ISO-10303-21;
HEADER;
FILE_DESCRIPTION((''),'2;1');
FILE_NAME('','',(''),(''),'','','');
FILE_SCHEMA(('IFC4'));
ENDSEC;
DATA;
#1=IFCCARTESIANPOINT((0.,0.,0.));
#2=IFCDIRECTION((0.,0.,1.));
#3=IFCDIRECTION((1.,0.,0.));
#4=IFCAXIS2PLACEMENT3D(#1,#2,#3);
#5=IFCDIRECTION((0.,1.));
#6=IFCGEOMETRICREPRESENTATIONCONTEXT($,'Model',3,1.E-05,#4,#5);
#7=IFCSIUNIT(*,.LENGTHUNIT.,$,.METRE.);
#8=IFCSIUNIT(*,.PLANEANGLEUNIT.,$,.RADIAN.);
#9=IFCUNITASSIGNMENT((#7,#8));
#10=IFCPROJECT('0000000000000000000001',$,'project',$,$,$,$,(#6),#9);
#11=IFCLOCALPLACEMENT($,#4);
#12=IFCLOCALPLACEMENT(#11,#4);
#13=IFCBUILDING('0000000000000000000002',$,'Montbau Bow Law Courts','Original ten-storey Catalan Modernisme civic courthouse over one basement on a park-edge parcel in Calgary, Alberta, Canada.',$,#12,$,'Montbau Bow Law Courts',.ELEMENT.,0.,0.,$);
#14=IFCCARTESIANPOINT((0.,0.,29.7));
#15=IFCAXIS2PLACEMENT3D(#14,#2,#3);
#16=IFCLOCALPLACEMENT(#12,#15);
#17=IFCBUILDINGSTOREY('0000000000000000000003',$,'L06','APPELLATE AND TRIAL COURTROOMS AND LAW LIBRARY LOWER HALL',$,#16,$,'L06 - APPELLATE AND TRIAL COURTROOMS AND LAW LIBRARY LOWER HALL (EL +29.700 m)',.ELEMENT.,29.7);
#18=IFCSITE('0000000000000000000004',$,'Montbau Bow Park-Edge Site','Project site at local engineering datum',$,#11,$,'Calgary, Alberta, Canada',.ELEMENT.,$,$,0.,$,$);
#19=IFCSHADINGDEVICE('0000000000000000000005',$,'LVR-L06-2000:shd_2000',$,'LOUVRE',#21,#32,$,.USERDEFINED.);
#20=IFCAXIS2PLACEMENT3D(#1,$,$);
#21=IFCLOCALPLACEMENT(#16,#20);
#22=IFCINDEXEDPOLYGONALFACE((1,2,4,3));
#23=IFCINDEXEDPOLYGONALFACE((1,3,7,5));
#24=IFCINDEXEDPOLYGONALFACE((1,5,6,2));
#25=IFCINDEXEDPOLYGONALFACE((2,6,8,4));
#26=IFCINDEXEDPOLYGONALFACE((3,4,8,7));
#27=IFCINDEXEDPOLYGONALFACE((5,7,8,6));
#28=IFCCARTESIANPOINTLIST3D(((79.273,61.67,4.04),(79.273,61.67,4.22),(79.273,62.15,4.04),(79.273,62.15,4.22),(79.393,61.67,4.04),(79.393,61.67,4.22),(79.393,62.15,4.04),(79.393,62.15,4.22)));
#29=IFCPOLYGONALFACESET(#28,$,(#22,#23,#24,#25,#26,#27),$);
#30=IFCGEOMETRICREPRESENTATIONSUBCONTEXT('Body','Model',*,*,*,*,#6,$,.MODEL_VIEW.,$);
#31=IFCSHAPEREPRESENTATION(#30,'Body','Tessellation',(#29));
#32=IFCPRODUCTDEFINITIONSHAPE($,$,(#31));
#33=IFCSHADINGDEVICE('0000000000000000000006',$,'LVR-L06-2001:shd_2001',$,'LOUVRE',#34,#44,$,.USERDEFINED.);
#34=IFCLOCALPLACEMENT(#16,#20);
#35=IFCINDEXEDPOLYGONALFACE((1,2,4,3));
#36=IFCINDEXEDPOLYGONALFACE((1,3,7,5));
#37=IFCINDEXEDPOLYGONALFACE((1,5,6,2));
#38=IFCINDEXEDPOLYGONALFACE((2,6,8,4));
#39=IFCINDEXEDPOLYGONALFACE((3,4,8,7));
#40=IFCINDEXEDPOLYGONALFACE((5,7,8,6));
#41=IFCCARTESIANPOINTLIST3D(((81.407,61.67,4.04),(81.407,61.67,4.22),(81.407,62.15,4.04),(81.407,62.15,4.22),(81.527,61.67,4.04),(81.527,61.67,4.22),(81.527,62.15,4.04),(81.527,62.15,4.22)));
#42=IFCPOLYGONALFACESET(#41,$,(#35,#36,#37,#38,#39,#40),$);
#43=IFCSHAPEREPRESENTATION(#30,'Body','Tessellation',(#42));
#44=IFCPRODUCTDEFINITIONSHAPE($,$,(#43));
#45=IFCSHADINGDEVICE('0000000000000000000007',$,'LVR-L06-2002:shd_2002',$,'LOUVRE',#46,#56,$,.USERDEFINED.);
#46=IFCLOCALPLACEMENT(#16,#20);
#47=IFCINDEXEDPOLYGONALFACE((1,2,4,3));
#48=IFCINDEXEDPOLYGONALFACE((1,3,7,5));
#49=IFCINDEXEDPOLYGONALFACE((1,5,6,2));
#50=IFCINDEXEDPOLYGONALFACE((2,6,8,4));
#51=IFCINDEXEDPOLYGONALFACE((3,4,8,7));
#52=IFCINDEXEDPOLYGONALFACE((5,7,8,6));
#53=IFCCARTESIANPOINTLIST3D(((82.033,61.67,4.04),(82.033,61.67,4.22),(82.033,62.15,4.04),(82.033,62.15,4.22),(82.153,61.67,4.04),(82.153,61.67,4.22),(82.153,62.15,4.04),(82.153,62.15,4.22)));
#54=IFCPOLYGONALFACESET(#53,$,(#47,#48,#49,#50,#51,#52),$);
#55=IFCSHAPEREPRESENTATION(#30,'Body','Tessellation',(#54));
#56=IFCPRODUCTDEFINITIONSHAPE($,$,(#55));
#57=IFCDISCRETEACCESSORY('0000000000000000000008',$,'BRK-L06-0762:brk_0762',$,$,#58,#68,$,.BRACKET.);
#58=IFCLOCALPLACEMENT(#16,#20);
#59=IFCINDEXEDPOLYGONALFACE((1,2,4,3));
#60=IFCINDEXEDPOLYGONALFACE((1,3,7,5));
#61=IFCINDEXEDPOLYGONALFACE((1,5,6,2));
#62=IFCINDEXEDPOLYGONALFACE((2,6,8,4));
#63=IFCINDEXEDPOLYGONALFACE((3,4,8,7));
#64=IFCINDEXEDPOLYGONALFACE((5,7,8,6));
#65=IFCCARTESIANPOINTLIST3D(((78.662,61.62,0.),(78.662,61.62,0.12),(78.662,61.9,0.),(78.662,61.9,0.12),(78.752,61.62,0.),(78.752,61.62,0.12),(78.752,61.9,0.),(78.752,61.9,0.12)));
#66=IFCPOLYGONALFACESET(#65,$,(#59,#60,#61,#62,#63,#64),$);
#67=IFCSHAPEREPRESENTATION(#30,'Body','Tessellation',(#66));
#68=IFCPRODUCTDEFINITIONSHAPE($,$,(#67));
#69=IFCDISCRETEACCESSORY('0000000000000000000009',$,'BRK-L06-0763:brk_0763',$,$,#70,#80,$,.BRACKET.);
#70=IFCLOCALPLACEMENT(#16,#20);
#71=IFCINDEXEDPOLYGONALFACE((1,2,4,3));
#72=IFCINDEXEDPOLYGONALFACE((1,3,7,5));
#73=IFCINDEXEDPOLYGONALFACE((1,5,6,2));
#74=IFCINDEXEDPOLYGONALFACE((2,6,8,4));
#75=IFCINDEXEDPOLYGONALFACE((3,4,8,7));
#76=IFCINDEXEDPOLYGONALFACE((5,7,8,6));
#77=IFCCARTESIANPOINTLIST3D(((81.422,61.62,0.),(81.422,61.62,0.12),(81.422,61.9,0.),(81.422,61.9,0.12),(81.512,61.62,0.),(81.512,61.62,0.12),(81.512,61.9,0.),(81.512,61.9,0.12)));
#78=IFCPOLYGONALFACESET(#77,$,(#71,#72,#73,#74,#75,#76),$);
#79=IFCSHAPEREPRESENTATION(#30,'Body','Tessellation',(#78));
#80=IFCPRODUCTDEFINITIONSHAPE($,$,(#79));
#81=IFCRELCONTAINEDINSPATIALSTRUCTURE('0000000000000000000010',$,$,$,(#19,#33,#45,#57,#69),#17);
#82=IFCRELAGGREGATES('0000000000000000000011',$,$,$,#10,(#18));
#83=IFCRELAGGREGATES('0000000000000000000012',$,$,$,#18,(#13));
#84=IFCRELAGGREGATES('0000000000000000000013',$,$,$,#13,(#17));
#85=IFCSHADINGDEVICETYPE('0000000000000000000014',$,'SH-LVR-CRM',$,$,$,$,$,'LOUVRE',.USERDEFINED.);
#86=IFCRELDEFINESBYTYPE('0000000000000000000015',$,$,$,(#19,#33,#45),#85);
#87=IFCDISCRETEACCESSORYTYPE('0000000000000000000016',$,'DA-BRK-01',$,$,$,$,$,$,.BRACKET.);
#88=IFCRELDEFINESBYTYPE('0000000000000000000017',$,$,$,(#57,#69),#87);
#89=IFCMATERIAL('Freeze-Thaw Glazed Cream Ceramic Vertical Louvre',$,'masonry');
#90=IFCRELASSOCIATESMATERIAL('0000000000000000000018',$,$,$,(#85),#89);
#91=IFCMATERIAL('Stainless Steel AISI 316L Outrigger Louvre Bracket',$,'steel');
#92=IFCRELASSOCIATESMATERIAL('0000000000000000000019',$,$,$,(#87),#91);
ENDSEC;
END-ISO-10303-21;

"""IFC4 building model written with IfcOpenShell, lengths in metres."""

from ifc_helpers import new_model, si_unit, direction, frame, origin_with_axes, origin_2d_with_axis, place, context, subcontext, project, spatial, rectangle, extrude, material, type_object, element, save


model = new_model("IFC4")

# Units and contexts
model_context = context("Model", 3, precision=1e-05, world=origin_with_axes(), true_north=direction((0.0, 1.0)))
body_context = subcontext(model_context, "Body", "Model", "MODEL_VIEW")
ifc_project = project(units=[si_unit("LENGTHUNIT", "METRE"), si_unit("PLANEANGLEUNIT", "RADIAN")], contexts=[model_context])

# Site, building, storey
site_placement = place(None, origin_with_axes())
site = spatial("IfcSite", under=ifc_project, at=site_placement, Name="Montbau Bow Park-Edge Site", Description="Project site at local engineering datum", LongName="Calgary, Alberta, Canada", CompositionType="ELEMENT", RefElevation=0.0)
building_placement = place(site_placement, origin_with_axes())
building = spatial("IfcBuilding", under=site, at=building_placement, Name="Montbau Bow Law Courts", Description="Original ten-storey Catalan Modernisme civic courthouse over one basement on a park-edge parcel in Calgary, Alberta, Canada.", LongName="Montbau Bow Law Courts", CompositionType="ELEMENT", ElevationOfRefHeight=0.0, ElevationOfTerrain=0.0)
storey_placement = place(building_placement, frame((0.0, 0.0, 29.7), z_axis=(0.0, 0.0, 1.0), x_axis=(1.0, 0.0, 0.0)))
storey = spatial("IfcBuildingStorey", under=building, at=storey_placement, Name="L06", Description="APPELLATE AND TRIAL COURTROOMS AND LAW LIBRARY LOWER HALL", LongName="L06 - APPELLATE AND TRIAL COURTROOMS AND LAW LIBRARY LOWER HALL (EL +29.700 m)", CompositionType="ELEMENT", Elevation=29.7)

# Shading devices
ifc_material_1 = material(Name="Freeze-Thaw Glazed Cream Ceramic Vertical Louvre", Category="masonry")
shading_device_type = type_object("IfcShadingDeviceType", Name="SH-LVR-CRM", ElementType="LOUVRE", PredefinedType="USERDEFINED", material=ifc_material_1)
for number, where, z_axis, x_axis, name in (
    (1, (79.333, 61.91, 33.74), (0.0, 0.0, 1.0), (0.0, 1.0, 0.0), "LVR-L06-2000:shd_2000"),
    (2, (81.467, 61.91, 33.74), (0.0, 0.0, 1.0), (0.0, 1.0, 0.0), "LVR-L06-2001:shd_2001"),
    (3, (82.093, 61.91, 33.74), (0.0, 0.0, 1.0), (0.0, 1.0, 0.0), "LVR-L06-2002:shd_2002"),
):
    element("IfcShadingDevice", number, at=place(None, frame(where, z_axis=z_axis, x_axis=x_axis)), inside=storey, type_object=shading_device_type, Name=name, ObjectType="LOUVRE", PredefinedType="USERDEFINED", context=body_context, shape_type="SweptSolid", body=[
        extrude(rectangle(XDim=0.48, YDim=0.12, at=origin_2d_with_axis()), origin_with_axes(), (0.0, 0.0, 1.0), 0.18),
    ])

# Discrete accessories
ifc_material_2 = material(Name="Stainless Steel AISI 316L Outrigger Louvre Bracket", Category="steel")
discrete_accessory_type = type_object("IfcDiscreteAccessoryType", Name="DA-BRK-01", PredefinedType="BRACKET", material=ifc_material_2)
for number, where, z_axis, x_axis, name in (
    (4, (78.707, 61.76, 29.7), (0.0, 0.0, 1.0), (0.0, 1.0, 0.0), "BRK-L06-0762:brk_0762"),
    (5, (81.467, 61.76, 29.7), (0.0, 0.0, 1.0), (0.0, 1.0, 0.0), "BRK-L06-0763:brk_0763"),
):
    element("IfcDiscreteAccessory", number, at=place(None, frame(where, z_axis=z_axis, x_axis=x_axis)), inside=storey, type_object=discrete_accessory_type, Name=name, PredefinedType="BRACKET", context=body_context, shape_type="SweptSolid", body=[
        extrude(rectangle(XDim=0.28, YDim=0.09, at=origin_2d_with_axis()), origin_with_axes(), (0.0, 0.0, 1.0), 0.12),
    ])

save(model, "model.ifc")
